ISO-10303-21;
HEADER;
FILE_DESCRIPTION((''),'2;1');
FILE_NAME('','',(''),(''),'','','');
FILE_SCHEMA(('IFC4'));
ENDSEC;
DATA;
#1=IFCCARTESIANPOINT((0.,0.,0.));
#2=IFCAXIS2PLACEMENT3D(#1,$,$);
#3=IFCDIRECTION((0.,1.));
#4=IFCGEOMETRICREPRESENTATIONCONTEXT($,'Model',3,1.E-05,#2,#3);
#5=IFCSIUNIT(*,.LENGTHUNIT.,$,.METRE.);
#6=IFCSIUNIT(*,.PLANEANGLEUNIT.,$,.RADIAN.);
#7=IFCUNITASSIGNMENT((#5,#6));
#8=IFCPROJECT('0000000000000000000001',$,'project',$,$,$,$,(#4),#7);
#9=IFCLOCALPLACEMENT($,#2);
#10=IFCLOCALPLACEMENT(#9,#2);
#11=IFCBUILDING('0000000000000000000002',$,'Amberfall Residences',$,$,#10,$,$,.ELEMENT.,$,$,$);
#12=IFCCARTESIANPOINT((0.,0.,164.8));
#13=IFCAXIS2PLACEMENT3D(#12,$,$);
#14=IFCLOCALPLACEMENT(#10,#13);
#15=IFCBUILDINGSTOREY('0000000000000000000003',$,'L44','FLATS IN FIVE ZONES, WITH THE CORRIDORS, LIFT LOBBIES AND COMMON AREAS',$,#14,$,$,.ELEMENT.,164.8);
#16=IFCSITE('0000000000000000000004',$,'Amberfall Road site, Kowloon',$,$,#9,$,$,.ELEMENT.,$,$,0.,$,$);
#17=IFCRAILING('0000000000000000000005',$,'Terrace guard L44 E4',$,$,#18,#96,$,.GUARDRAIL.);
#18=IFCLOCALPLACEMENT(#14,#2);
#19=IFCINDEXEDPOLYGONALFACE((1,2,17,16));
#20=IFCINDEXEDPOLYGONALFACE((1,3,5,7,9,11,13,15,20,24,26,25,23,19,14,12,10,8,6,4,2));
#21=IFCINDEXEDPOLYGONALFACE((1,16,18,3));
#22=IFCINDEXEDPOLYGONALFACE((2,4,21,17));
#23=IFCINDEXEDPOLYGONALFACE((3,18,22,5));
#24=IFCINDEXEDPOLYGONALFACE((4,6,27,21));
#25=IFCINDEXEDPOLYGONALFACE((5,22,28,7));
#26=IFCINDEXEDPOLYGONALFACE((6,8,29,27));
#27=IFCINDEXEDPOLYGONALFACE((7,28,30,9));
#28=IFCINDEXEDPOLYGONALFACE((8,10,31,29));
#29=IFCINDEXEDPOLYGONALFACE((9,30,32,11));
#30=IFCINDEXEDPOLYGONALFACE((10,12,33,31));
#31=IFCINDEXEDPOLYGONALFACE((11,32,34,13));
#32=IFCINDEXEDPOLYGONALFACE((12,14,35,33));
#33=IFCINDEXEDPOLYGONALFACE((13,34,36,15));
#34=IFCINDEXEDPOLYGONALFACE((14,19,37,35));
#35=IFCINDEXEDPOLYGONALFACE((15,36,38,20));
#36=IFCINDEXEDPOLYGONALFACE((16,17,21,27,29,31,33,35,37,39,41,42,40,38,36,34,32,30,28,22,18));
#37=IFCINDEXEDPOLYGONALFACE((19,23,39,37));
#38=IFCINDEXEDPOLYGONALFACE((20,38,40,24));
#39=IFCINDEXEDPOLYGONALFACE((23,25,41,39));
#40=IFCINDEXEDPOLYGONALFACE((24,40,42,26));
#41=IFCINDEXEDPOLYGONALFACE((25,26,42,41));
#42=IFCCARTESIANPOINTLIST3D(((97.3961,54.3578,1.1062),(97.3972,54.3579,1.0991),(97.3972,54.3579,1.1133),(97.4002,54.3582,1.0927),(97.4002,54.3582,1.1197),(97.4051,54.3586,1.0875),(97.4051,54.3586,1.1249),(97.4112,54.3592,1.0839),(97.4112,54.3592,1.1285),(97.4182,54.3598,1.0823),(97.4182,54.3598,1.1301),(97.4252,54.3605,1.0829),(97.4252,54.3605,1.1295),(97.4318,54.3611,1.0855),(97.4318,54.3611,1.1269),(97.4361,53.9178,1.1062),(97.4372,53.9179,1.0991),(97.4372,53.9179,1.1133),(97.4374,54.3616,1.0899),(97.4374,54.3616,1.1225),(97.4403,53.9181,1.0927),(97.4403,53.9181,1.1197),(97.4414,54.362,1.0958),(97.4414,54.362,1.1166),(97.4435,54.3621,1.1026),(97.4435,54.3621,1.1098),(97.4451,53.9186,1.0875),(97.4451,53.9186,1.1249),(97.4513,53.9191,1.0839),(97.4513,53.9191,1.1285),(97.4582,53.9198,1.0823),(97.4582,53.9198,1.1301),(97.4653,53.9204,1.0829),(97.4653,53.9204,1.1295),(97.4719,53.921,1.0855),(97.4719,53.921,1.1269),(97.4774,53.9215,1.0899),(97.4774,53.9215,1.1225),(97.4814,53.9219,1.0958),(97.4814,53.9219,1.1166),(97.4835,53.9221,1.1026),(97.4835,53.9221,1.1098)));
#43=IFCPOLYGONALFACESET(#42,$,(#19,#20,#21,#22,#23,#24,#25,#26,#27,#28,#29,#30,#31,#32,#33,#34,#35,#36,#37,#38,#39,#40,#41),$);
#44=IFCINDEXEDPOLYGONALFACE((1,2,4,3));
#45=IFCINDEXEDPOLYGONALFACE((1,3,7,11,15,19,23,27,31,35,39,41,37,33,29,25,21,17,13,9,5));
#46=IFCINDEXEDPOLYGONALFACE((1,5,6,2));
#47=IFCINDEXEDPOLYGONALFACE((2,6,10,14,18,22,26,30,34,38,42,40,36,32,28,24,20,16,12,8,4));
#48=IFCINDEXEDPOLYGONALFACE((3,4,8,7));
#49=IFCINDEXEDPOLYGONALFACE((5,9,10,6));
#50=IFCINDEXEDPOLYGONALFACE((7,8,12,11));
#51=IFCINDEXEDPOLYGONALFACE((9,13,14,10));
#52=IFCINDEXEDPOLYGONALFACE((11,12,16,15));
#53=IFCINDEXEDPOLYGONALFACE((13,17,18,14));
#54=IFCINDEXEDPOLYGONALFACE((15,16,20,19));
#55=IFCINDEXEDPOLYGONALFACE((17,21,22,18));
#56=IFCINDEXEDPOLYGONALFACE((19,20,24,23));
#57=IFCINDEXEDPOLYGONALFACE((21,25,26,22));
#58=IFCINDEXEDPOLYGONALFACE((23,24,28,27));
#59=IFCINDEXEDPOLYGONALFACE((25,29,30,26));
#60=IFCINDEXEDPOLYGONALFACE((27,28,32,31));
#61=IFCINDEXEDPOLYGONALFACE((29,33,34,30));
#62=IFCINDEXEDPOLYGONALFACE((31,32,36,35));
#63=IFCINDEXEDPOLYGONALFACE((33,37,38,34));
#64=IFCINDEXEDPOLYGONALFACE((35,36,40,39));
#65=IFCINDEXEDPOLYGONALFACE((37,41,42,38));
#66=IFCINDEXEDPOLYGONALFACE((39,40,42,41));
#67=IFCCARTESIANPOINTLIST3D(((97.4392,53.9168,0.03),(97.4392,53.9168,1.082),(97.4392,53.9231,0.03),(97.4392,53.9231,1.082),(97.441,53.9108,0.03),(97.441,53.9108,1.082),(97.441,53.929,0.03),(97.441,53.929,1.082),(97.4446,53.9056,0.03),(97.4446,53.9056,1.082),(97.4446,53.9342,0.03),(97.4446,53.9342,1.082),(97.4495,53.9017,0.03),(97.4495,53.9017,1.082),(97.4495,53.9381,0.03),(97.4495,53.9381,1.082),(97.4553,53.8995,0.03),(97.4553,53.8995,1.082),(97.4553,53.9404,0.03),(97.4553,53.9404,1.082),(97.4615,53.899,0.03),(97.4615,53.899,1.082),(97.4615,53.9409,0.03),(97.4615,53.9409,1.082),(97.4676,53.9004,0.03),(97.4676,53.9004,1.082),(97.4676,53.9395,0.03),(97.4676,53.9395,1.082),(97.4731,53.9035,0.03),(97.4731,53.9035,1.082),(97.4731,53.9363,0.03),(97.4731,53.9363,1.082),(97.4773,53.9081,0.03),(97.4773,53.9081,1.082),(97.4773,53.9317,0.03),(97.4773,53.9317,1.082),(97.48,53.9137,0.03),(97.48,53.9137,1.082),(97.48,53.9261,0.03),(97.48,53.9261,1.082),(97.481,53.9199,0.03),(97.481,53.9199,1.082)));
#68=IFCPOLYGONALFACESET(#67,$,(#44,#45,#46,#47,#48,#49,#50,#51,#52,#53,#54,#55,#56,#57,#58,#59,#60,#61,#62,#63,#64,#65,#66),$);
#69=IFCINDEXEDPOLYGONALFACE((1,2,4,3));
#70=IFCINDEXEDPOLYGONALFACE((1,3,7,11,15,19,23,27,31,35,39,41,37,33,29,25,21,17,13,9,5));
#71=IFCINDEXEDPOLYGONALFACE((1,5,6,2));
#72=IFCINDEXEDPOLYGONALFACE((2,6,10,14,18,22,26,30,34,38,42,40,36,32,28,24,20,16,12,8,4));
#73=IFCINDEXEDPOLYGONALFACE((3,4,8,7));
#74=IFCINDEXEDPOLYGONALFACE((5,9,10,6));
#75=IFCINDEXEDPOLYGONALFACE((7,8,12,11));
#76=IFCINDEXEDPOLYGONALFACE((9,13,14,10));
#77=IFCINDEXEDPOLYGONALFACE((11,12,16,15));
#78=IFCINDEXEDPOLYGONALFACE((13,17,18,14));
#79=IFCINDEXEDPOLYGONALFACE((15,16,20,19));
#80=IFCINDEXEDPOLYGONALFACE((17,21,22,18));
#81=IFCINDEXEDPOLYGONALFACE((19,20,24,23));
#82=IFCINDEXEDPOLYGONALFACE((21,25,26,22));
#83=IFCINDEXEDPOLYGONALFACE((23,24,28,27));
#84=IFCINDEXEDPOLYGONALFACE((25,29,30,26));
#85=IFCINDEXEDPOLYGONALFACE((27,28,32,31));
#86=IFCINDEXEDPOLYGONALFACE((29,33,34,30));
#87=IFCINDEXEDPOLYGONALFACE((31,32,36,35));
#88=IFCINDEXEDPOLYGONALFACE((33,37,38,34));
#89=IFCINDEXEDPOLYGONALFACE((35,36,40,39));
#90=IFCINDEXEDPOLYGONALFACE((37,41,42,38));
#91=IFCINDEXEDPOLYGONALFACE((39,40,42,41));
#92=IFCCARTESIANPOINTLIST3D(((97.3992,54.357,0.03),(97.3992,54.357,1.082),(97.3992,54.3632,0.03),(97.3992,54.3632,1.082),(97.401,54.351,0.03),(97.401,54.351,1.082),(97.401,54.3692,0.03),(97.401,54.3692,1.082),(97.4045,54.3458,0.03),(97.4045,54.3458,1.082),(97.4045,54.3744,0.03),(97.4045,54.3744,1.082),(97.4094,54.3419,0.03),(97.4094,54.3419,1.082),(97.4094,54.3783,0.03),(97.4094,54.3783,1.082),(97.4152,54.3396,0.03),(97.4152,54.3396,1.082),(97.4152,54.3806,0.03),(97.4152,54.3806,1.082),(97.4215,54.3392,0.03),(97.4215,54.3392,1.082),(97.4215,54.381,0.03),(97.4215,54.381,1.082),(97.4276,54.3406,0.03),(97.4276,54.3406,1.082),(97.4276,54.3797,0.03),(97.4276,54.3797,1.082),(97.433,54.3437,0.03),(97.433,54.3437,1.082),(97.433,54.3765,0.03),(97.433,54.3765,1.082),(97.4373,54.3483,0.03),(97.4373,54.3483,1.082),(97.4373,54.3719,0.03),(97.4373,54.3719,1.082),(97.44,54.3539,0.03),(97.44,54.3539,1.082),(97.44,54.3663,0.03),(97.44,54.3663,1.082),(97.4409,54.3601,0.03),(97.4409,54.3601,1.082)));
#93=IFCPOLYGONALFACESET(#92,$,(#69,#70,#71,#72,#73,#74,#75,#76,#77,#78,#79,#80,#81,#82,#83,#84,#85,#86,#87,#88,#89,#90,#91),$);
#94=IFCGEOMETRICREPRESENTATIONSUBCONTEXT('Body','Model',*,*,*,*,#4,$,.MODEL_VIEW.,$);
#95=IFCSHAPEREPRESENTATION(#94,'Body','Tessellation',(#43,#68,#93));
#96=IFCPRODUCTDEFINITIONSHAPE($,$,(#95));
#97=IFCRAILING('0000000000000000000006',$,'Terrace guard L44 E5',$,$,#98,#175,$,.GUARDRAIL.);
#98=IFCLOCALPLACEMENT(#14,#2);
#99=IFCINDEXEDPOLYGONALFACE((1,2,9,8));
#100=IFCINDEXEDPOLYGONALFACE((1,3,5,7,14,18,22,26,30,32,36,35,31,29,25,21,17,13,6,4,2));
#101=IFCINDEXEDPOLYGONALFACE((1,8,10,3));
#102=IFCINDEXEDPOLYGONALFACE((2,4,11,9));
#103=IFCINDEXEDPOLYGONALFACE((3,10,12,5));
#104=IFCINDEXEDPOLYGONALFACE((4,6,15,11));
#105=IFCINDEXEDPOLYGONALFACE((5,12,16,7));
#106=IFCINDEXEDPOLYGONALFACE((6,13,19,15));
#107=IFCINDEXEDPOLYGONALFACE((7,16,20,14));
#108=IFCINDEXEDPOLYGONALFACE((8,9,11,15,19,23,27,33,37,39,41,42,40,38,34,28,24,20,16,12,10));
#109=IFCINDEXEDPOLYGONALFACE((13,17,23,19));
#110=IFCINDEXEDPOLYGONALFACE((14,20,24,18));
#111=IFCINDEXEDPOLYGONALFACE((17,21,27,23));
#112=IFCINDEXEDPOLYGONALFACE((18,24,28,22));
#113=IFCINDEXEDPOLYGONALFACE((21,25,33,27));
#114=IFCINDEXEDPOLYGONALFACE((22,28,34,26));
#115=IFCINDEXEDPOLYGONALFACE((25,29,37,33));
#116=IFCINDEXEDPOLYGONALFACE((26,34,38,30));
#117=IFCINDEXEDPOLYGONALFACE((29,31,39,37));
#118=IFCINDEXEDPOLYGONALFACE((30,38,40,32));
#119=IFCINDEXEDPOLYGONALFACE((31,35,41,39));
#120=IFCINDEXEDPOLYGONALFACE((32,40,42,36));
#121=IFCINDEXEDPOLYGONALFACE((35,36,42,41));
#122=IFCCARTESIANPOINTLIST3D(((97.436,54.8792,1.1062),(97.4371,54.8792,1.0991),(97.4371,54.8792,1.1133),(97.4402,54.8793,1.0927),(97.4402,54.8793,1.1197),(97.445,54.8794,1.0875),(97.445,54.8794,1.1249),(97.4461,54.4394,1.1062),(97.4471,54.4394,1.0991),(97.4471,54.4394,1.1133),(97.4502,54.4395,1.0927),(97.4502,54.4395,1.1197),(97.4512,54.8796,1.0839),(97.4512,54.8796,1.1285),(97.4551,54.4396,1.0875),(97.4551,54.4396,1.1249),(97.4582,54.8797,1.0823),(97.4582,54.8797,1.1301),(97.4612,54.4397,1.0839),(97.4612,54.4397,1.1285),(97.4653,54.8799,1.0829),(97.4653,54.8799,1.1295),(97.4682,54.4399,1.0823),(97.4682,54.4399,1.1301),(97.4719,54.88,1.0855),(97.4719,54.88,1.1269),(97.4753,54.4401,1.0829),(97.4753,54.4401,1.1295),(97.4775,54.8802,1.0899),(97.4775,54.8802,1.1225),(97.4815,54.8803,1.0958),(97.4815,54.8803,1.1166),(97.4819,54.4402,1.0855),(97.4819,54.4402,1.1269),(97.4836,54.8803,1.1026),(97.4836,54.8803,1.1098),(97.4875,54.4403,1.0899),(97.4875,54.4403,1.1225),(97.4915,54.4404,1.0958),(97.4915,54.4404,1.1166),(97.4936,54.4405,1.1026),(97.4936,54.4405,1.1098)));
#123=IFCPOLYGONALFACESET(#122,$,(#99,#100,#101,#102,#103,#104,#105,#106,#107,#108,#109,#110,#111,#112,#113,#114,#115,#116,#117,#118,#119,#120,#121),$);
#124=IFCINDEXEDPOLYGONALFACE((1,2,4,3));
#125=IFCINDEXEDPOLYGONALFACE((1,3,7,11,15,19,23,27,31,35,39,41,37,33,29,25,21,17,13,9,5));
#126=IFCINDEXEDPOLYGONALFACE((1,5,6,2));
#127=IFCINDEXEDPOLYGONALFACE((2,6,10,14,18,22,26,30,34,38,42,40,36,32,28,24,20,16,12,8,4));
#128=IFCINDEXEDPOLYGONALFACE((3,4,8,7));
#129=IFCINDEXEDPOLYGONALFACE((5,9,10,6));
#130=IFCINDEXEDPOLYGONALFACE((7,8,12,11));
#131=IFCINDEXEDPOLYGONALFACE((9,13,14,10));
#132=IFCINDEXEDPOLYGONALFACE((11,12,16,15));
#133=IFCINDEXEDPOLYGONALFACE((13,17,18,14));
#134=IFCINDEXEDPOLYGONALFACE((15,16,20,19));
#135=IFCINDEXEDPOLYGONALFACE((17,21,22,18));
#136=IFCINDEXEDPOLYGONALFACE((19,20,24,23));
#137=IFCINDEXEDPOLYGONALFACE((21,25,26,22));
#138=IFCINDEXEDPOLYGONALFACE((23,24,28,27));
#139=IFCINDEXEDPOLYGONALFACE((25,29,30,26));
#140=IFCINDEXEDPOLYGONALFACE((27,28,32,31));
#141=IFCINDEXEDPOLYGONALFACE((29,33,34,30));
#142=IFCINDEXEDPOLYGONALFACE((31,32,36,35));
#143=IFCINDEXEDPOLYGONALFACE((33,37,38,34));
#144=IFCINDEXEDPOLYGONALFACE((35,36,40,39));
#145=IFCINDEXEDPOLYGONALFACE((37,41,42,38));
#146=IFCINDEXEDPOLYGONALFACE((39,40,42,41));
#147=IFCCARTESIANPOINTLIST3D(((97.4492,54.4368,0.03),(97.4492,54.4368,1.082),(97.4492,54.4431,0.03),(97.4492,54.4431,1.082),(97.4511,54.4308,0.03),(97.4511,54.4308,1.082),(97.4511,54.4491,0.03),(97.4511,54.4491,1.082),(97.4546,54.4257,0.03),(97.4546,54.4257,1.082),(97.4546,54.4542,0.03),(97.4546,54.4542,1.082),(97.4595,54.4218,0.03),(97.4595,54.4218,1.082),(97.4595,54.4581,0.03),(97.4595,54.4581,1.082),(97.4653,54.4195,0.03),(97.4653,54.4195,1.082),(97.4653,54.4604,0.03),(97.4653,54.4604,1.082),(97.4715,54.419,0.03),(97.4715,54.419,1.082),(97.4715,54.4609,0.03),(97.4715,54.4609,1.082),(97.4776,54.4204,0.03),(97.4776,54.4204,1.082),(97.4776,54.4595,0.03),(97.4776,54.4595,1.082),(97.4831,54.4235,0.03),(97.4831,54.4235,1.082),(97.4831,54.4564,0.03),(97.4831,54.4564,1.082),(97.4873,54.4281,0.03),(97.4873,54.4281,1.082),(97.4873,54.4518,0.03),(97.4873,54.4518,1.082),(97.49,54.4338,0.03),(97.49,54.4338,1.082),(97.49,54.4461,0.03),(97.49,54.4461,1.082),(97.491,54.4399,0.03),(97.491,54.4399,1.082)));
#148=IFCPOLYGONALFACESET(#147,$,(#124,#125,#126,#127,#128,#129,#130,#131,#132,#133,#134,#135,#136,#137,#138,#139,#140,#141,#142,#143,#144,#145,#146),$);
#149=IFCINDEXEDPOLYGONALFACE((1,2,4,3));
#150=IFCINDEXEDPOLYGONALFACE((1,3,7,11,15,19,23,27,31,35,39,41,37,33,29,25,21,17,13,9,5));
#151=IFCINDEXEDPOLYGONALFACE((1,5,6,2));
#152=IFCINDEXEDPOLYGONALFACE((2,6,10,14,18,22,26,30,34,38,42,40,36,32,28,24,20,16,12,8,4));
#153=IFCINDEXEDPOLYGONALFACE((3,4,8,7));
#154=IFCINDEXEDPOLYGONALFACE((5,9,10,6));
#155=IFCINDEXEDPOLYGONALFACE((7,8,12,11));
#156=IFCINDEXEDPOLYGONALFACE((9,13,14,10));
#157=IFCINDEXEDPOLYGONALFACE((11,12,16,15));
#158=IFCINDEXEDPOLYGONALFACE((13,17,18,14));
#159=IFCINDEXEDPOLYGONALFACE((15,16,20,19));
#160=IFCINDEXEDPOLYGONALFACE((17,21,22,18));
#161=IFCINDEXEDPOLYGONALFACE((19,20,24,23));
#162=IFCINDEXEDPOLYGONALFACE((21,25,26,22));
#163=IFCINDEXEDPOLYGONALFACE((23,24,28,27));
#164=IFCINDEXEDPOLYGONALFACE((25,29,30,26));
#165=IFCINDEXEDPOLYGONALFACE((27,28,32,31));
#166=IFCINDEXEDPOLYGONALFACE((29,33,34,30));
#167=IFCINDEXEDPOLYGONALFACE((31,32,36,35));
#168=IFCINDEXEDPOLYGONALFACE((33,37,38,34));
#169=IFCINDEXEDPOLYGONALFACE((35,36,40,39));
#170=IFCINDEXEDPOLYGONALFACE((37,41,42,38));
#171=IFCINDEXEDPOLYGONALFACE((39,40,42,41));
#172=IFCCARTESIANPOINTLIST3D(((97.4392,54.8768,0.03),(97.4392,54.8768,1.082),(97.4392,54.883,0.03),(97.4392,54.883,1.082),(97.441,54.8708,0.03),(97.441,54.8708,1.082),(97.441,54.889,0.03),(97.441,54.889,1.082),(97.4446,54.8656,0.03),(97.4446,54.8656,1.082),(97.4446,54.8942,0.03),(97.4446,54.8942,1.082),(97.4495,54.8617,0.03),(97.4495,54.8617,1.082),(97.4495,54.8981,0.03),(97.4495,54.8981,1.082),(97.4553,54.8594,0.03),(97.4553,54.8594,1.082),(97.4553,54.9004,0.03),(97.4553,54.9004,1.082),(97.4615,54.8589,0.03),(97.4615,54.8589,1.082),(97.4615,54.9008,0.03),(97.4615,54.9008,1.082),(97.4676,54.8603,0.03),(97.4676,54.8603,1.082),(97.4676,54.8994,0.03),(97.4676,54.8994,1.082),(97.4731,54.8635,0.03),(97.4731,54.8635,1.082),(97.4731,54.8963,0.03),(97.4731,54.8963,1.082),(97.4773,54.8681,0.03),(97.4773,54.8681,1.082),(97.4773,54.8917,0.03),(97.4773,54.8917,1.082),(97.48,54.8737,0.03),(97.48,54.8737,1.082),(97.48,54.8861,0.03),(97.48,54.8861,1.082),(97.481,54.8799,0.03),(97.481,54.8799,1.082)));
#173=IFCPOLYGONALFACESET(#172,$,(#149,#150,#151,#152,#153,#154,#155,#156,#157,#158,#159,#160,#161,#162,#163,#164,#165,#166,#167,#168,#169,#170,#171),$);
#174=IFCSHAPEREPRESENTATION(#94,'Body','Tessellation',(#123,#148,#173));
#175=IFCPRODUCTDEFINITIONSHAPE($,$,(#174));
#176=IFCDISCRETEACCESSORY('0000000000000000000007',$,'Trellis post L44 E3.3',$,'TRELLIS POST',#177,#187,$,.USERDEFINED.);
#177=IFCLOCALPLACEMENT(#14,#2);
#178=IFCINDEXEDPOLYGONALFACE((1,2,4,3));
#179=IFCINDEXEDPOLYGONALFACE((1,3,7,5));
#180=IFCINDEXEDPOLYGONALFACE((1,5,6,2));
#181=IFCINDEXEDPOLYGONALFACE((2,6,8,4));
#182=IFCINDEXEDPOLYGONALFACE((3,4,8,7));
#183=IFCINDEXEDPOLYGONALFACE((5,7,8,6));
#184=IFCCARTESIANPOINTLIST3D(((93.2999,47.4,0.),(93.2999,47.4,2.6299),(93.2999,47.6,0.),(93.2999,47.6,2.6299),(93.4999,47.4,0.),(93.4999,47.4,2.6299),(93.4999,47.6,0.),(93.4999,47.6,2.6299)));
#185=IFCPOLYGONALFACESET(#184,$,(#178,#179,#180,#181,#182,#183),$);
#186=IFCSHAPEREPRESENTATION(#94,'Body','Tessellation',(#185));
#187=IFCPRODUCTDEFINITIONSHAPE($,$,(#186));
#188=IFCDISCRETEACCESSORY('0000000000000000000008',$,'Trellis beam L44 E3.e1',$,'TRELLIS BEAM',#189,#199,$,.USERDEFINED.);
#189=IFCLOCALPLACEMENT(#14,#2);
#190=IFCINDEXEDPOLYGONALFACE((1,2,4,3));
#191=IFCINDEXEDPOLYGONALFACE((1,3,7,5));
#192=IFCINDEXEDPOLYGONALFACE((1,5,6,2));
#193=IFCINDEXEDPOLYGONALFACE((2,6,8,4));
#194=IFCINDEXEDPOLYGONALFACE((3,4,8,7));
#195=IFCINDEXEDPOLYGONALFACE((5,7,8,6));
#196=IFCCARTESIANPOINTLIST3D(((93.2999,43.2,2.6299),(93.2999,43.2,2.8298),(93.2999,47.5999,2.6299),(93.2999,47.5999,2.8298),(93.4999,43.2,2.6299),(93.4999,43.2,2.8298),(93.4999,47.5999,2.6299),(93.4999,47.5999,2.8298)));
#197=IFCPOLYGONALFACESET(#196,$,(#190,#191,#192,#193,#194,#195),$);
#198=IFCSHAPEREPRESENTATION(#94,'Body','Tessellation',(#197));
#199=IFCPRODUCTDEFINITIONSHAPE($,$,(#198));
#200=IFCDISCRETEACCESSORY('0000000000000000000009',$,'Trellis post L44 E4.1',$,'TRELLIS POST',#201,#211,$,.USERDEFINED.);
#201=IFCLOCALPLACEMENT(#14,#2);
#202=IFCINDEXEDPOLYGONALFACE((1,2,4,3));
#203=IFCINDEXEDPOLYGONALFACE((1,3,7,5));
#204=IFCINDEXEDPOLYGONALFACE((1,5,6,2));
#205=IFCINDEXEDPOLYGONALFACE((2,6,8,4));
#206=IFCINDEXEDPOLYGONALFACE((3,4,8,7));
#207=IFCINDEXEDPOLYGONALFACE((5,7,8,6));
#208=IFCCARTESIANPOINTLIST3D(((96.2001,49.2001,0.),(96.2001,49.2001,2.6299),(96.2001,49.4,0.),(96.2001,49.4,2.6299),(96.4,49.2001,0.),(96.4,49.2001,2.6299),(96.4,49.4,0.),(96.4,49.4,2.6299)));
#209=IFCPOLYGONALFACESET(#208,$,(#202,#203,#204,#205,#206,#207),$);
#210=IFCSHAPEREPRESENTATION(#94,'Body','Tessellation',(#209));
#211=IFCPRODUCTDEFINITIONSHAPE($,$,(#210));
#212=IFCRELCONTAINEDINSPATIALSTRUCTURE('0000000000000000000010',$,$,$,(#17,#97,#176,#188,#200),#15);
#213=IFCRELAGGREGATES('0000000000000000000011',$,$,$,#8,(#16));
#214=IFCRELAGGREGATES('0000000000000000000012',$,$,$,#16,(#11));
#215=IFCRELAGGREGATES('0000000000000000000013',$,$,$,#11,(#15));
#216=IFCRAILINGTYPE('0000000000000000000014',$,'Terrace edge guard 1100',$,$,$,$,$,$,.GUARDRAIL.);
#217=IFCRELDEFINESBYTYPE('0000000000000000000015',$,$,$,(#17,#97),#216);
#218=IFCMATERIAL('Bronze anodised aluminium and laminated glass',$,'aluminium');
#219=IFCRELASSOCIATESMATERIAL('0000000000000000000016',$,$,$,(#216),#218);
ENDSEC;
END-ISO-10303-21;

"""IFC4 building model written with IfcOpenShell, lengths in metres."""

from ifc_helpers import new_model, si_unit, direction, frame, origin, origin_2d, place, context, subcontext, project, spatial, rectangle, circle, extrude, material, type_object, element, save


model = new_model("IFC4")

# Units and contexts
model_context = context("Model", 3, precision=1e-05, world=origin(), true_north=direction((0.0, 1.0)))
body_context = subcontext(model_context, "Body", "Model", "MODEL_VIEW")
ifc_project = project(units=[si_unit("LENGTHUNIT", "METRE"), si_unit("PLANEANGLEUNIT", "RADIAN")], contexts=[model_context])

# Site, building, storey
site_placement = place(None, origin())
site = spatial("IfcSite", under=ifc_project, at=site_placement, Name="Amberfall Road site, Kowloon", CompositionType="ELEMENT", RefElevation=0.0)
building_placement = place(site_placement, origin())
building = spatial("IfcBuilding", under=site, at=building_placement, Name="Amberfall Residences", CompositionType="ELEMENT")
storey_placement = place(building_placement, frame((0.0, 0.0, 164.8)))
storey = spatial("IfcBuildingStorey", under=building, at=storey_placement, Name="L44", Description="FLATS IN FIVE ZONES, WITH THE CORRIDORS, LIFT LOBBIES AND COMMON AREAS", CompositionType="ELEMENT", Elevation=164.8)

# Railings
ifc_material_1 = material(Name="Bronze anodised aluminium and laminated glass", Category="aluminium")
railing_type = type_object("IfcRailingType", Name="Terrace edge guard 1100", PredefinedType="GUARDRAIL", material=ifc_material_1)
railing_1_placement = place(storey_placement, frame((97.46, 53.9199, 0.03)))
element("IfcRailing", 1, at=railing_1_placement, inside=storey, type_object=railing_type, Name="Terrace guard L44 E4", PredefinedType="GUARDRAIL", context=body_context, shape_type="SweptSolid", body=[
    extrude(circle(Radius=0.0239, at=origin_2d()), frame((0.0, 0.0, 1.0762), z_axis=(-0.090586, 0.995889, 0.0), x_axis=(-0.995889, -0.090586, 0.0)), (0.0, 0.0, 1.0), 0.4419),
    extrude(circle(Radius=0.021, at=origin_2d()), origin(), (0.0, 0.0, 1.0), 1.052),
    extrude(circle(Radius=0.021, at=origin_2d()), frame((-0.04, 0.4402, 0.0)), (0.0, 0.0, 1.0), 1.052),
])
railing_2_placement = place(storey_placement, frame((97.47, 54.4399, 0.03)))
element("IfcRailing", 2, at=railing_2_placement, inside=storey, type_object=railing_type, Name="Terrace guard L44 E5", PredefinedType="GUARDRAIL", context=body_context, shape_type="SweptSolid", body=[
    extrude(circle(Radius=0.0239, at=origin_2d()), frame((0.0, 0.0, 1.0762), z_axis=(-0.022747, 0.999741, 0.0), x_axis=(-0.999741, -0.022747, 0.0)), (0.0, 0.0, 1.0), 0.4399),
    extrude(circle(Radius=0.021, at=origin_2d()), origin(), (0.0, 0.0, 1.0), 1.052),
    extrude(circle(Radius=0.021, at=origin_2d()), frame((-0.01, 0.4399, 0.0)), (0.0, 0.0, 1.0), 1.052),
])

# Discrete accessories
discrete_accessory_1_placement = place(storey_placement, frame((93.3999, 47.5, 0.0), z_axis=(0.0, 0.0, 1.0), x_axis=(1.0, 0.0, 0.0)))
element("IfcDiscreteAccessory", 3, at=discrete_accessory_1_placement, inside=storey, Name="Trellis post L44 E3.3", ObjectType="TRELLIS POST", PredefinedType="USERDEFINED", context=body_context, shape_type="SweptSolid", body=[
    extrude(rectangle(XDim=0.2, YDim=0.2, at=origin_2d()), origin(), (0.0, 0.0, 1.0), 2.6299),
])
discrete_accessory_2_placement = place(storey_placement, frame((93.3999, 45.3999, 2.6299), z_axis=(0.0, 0.0, 1.0), x_axis=(0.0, 1.0, 0.0)))
element("IfcDiscreteAccessory", 4, at=discrete_accessory_2_placement, inside=storey, Name="Trellis beam L44 E3.e1", ObjectType="TRELLIS BEAM", PredefinedType="USERDEFINED", context=body_context, shape_type="SweptSolid", body=[
    extrude(rectangle(XDim=4.3999, YDim=0.2, at=origin_2d()), origin(), (0.0, 0.0, 1.0), 0.2),
])
for number, where, z_axis, x_axis, name in (
    (5, (96.3, 49.3, 0.0), (0.0, 0.0, 1.0), (1.0, 0.0, 0.0), "Trellis post L44 E4.1"),
):
    element("IfcDiscreteAccessory", number, at=place(storey_placement, frame(where, z_axis=z_axis, x_axis=x_axis)), inside=storey, Name=name, ObjectType="TRELLIS POST", PredefinedType="USERDEFINED", context=body_context, shape_type="SweptSolid", body=[
        extrude(rectangle(XDim=0.2, YDim=0.2, at=origin_2d()), origin(), (0.0, 0.0, 1.0), 2.6299),
    ])

save(model, "model.ifc")
